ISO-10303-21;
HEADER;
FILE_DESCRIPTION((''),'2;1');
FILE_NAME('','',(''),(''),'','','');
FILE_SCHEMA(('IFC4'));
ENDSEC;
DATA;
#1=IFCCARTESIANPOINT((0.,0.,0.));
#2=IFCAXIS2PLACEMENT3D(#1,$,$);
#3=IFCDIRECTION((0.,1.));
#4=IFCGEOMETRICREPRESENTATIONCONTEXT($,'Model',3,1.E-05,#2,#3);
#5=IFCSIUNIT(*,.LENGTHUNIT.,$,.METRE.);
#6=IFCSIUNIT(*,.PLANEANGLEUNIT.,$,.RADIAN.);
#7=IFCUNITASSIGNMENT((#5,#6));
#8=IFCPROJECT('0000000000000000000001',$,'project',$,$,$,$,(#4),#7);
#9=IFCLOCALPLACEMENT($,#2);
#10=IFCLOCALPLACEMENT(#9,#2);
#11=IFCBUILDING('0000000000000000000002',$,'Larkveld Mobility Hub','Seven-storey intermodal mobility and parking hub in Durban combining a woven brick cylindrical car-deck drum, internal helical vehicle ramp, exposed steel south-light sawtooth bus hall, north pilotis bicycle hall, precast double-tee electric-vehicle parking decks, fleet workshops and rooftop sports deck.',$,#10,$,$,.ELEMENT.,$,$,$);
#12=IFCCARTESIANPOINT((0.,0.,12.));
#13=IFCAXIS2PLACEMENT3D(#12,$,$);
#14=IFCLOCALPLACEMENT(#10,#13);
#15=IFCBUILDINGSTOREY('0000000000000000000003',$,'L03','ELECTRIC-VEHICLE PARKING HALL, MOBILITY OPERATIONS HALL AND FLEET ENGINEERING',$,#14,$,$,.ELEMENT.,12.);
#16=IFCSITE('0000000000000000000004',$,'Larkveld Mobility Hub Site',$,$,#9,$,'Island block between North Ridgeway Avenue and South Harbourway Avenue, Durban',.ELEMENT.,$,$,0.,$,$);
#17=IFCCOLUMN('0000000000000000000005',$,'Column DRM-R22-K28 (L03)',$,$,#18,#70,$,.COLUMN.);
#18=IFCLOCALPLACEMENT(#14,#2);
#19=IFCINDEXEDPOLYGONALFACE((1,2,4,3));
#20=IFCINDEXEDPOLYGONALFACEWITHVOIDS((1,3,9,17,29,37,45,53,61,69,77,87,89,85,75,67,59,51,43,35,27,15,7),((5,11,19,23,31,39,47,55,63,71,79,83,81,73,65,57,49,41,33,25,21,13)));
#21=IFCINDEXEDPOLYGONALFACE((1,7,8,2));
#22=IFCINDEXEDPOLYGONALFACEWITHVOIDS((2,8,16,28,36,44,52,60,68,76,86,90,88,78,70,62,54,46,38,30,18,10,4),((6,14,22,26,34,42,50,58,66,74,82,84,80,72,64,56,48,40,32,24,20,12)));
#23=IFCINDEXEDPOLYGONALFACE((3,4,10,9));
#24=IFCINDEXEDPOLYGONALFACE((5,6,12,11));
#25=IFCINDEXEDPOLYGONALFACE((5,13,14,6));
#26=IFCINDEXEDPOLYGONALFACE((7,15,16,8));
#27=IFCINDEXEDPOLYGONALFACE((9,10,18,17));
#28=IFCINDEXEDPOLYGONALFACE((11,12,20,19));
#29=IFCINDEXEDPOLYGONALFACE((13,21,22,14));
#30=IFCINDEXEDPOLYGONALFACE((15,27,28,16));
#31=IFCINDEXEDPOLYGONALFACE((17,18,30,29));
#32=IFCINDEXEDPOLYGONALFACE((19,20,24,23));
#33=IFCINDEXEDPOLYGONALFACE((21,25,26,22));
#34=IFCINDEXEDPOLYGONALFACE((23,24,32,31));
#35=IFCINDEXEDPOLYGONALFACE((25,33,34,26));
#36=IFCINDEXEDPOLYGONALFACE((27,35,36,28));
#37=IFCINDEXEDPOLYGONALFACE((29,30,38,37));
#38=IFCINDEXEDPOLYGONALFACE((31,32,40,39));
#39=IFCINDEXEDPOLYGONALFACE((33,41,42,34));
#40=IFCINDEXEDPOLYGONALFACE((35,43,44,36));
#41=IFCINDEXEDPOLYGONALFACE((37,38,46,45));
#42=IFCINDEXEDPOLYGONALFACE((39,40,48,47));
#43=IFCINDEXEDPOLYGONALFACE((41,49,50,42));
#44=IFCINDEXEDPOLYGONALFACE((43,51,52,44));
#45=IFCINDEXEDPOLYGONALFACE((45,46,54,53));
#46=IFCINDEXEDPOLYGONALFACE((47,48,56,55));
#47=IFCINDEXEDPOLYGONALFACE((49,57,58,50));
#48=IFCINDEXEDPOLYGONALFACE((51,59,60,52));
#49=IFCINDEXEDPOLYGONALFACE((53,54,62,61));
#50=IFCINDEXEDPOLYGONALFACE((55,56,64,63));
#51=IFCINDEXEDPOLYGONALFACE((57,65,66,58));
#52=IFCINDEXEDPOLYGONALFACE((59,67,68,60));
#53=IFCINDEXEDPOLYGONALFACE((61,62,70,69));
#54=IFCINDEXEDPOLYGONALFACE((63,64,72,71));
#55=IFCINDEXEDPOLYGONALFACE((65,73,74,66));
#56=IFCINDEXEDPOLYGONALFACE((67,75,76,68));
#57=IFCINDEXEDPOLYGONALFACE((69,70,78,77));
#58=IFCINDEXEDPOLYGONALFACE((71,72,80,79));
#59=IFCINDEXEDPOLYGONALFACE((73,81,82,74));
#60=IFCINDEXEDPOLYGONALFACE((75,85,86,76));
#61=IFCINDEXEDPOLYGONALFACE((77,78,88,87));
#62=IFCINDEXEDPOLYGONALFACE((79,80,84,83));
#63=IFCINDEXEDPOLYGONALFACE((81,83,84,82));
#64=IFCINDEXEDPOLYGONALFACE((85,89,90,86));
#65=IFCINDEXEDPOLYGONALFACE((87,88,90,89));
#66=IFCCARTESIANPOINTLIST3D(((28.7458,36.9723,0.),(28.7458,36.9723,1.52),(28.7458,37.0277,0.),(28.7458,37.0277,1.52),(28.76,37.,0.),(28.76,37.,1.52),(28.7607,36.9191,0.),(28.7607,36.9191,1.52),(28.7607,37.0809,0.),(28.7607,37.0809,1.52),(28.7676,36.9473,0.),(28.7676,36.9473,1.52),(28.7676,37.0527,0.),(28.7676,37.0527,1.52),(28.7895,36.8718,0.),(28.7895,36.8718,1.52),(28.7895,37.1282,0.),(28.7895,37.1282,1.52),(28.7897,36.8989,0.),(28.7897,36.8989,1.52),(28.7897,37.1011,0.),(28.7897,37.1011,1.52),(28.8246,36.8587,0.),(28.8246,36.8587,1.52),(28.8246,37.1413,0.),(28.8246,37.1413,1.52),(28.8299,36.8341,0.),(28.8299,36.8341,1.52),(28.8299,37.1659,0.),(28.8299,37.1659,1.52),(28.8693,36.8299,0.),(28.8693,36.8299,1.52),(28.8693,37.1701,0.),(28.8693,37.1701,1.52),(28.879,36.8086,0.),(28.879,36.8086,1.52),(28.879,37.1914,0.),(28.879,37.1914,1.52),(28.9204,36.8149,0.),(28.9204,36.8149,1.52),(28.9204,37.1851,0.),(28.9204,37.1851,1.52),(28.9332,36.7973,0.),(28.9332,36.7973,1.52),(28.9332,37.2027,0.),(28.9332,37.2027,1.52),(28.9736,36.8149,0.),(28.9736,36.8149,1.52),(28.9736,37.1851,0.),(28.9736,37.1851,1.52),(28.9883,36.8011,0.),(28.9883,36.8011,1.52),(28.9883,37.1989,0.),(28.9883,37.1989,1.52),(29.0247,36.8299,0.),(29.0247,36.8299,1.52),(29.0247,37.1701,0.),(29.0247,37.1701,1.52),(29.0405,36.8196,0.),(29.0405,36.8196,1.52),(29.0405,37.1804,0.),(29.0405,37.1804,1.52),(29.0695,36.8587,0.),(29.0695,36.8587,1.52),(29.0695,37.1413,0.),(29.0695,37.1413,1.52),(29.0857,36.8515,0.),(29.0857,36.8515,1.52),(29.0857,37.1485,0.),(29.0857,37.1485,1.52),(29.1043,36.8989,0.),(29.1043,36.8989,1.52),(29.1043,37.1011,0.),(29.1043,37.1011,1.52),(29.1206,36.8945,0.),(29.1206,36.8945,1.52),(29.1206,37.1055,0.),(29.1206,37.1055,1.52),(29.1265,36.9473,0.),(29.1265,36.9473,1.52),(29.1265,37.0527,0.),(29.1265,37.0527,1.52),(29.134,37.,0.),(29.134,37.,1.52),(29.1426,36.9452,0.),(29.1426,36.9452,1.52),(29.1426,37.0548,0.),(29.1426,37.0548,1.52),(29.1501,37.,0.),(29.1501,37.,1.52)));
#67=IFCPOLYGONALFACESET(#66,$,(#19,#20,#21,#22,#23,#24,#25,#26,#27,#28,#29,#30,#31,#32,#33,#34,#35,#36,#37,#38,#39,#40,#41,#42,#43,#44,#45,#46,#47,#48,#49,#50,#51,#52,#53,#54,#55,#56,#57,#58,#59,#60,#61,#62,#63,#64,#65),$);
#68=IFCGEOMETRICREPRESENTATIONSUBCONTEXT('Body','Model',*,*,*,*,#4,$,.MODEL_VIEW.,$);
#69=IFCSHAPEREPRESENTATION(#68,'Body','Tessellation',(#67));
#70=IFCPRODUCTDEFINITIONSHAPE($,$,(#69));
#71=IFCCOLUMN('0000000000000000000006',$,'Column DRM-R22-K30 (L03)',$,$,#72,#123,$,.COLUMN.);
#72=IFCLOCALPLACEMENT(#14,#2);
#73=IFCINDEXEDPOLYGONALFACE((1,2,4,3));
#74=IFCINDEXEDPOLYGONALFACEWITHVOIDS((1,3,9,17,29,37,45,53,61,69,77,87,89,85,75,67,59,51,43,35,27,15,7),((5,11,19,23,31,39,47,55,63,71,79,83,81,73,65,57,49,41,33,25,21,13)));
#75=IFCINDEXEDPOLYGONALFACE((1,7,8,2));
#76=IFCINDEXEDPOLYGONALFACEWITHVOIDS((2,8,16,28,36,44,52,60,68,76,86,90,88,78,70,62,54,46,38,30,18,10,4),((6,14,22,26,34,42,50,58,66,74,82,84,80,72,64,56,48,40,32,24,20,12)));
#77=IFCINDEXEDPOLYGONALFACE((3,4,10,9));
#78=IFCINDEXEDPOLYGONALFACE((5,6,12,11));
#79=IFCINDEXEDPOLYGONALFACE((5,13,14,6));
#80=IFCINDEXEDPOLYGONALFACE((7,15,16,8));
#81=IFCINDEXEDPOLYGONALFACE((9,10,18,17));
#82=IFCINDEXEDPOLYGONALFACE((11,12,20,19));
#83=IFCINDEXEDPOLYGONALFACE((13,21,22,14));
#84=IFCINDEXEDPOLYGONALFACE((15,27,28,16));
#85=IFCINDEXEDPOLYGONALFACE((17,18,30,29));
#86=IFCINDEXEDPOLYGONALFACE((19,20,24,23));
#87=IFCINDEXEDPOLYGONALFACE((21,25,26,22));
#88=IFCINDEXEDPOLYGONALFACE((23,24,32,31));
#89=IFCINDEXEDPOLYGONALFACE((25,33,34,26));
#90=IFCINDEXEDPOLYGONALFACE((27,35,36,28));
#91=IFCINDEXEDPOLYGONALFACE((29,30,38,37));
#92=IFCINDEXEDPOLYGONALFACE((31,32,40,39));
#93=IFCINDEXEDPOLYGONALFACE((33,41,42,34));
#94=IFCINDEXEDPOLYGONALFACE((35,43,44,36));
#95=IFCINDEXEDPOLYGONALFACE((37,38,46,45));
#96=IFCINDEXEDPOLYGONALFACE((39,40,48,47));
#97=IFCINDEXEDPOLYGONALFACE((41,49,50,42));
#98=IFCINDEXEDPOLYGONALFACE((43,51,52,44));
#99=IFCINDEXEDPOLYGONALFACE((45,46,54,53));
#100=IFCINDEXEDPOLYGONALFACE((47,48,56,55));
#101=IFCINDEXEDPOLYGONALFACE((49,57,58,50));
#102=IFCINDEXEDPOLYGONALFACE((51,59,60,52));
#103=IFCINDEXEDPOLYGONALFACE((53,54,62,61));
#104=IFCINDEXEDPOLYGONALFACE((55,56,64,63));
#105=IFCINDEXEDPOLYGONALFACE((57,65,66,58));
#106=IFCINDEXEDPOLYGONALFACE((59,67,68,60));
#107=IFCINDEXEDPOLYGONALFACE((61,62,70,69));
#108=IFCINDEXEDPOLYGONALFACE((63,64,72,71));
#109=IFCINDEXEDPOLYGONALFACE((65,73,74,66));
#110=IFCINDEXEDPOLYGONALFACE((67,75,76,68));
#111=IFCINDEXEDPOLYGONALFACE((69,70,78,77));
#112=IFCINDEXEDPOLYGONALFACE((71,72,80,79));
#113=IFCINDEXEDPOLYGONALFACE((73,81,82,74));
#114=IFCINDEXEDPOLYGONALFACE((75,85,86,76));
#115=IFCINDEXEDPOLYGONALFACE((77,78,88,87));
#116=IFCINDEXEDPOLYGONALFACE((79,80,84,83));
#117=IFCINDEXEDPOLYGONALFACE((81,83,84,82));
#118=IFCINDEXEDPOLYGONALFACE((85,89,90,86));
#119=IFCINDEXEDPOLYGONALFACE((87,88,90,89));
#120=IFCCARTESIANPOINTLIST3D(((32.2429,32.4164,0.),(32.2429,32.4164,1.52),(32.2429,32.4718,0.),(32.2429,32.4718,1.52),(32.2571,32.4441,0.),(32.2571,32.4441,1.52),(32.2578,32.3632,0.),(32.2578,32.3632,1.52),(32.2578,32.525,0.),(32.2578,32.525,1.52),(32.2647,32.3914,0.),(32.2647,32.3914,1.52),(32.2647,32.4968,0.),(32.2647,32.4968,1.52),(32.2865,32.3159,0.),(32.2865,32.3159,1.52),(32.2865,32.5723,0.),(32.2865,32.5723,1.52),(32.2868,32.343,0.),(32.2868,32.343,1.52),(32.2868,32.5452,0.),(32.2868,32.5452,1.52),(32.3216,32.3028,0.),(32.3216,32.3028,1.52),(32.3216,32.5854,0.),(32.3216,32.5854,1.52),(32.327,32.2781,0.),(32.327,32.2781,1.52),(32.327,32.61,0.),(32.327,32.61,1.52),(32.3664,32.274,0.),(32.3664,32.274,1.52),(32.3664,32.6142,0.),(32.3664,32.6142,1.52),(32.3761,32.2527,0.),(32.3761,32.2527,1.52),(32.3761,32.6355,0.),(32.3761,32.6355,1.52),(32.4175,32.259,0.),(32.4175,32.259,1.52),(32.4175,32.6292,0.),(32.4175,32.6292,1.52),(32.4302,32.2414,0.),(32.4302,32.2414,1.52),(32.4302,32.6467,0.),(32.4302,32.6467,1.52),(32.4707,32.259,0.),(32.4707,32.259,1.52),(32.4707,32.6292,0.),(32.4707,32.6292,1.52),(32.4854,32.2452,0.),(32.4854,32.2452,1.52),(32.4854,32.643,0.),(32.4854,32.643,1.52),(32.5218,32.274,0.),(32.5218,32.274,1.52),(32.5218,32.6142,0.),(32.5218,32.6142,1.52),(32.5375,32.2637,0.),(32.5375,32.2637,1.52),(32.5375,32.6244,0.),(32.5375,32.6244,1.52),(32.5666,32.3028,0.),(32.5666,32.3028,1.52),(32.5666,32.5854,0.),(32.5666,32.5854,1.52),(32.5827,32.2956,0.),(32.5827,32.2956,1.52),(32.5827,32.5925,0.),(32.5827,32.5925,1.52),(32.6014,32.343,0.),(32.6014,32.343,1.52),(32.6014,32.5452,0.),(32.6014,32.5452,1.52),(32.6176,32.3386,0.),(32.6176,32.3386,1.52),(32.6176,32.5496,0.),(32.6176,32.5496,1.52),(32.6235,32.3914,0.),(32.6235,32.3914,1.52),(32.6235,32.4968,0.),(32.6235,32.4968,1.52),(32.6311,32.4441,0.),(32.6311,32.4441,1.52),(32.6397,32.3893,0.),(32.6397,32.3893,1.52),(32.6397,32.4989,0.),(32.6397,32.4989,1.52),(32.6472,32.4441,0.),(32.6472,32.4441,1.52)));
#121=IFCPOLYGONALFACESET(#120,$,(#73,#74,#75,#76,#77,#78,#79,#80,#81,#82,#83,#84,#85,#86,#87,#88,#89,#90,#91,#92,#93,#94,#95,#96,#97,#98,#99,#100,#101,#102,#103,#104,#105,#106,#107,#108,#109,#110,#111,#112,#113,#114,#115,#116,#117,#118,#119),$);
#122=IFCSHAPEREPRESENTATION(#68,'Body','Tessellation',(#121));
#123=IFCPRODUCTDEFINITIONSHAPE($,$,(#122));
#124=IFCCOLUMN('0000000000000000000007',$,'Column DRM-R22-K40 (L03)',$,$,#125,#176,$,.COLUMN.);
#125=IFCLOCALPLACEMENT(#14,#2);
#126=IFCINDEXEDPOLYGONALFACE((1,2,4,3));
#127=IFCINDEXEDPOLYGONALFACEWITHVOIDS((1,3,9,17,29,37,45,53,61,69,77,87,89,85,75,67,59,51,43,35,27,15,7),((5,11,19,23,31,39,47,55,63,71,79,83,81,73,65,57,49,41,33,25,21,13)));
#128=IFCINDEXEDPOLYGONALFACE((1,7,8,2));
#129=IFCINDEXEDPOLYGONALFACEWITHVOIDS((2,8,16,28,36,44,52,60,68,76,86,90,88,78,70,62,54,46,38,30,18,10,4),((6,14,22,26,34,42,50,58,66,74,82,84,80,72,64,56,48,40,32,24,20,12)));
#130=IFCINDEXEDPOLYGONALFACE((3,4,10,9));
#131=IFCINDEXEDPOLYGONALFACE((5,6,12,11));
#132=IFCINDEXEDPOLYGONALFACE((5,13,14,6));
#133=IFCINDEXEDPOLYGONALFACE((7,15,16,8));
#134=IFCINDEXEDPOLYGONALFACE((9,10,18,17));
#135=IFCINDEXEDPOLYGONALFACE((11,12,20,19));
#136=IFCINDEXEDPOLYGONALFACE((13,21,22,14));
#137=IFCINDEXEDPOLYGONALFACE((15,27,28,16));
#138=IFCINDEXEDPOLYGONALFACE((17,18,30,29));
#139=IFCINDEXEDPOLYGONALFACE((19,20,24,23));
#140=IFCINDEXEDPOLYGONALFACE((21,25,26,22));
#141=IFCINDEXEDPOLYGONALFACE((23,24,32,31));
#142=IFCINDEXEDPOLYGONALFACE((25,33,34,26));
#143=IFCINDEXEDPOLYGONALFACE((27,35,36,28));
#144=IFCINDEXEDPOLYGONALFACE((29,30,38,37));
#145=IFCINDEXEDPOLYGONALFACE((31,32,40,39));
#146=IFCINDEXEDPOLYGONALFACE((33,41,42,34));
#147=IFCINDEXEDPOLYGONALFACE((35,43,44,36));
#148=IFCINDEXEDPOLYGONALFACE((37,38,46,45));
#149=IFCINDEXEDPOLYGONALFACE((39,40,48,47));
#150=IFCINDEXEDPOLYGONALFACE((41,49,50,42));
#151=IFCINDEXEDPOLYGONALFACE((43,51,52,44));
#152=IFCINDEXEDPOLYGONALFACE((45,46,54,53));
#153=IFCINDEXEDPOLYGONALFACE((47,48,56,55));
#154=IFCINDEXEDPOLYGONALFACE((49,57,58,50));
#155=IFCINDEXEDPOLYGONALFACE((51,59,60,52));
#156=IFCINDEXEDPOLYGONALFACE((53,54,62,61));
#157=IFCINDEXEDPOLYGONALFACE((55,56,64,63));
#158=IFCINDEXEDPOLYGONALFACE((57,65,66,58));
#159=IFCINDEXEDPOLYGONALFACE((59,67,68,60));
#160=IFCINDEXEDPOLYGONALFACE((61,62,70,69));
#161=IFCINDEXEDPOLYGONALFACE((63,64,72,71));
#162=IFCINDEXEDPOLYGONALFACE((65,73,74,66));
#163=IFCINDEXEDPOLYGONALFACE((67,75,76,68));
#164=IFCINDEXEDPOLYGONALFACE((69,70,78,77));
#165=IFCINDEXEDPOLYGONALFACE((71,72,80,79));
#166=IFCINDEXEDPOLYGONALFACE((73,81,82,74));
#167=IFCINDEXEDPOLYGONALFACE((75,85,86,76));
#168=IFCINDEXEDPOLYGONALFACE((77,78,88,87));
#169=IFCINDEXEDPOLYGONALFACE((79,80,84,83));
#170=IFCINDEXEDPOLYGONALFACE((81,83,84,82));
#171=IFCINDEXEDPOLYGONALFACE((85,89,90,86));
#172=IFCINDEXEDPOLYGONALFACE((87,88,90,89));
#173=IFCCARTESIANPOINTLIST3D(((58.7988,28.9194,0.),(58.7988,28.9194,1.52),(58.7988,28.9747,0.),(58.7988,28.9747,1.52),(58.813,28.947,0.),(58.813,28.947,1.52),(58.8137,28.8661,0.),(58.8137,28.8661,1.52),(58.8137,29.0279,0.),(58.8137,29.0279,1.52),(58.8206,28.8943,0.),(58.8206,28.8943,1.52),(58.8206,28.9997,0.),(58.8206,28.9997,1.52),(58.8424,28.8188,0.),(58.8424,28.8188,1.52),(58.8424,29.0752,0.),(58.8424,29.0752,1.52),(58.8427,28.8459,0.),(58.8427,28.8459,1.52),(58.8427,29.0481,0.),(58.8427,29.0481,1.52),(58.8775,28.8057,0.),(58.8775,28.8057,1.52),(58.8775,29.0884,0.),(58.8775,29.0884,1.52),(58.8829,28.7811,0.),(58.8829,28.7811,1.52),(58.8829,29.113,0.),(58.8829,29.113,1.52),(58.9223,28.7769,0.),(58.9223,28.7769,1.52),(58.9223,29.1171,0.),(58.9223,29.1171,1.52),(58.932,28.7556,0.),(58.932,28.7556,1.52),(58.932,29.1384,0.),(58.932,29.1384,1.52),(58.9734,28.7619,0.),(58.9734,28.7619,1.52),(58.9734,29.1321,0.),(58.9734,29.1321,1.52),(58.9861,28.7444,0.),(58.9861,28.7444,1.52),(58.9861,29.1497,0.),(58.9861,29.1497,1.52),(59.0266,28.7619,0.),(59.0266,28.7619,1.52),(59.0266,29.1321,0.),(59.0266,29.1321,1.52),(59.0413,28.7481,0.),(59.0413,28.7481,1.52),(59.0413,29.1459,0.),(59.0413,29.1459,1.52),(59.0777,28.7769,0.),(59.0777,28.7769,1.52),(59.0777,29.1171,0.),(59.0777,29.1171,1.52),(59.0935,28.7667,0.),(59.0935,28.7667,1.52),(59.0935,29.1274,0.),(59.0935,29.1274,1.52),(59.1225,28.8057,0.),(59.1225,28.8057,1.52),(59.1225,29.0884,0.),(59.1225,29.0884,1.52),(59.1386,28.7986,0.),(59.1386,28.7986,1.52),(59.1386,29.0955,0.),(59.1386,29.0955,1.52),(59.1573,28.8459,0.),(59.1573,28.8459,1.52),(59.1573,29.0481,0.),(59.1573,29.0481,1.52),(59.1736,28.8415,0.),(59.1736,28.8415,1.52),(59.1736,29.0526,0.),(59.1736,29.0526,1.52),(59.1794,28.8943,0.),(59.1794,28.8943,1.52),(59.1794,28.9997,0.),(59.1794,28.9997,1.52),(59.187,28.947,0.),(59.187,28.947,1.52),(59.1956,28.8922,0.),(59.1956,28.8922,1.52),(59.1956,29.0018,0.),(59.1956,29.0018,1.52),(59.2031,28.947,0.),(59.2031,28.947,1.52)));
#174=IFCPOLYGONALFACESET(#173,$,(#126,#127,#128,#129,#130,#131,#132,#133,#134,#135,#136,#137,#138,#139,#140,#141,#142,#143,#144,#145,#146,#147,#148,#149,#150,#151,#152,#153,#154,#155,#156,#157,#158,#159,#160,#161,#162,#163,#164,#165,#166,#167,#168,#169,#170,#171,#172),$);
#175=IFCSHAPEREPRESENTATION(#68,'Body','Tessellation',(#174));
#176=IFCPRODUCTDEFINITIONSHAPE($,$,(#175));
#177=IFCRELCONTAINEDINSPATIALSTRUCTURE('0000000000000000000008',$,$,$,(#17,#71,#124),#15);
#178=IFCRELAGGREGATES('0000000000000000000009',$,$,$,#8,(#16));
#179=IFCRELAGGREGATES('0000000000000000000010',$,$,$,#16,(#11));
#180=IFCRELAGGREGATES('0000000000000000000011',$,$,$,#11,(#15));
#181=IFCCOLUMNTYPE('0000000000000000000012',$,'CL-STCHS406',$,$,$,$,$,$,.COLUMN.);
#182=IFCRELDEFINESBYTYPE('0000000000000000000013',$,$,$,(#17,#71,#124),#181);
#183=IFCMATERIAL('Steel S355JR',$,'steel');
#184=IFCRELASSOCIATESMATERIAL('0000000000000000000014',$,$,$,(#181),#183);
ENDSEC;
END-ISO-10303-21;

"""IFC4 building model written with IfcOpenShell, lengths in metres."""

from ifc_helpers import new_model, si_unit, direction, frame, origin, origin_2d, place, context, subcontext, project, spatial, hollow_circle, extrude, material, material_profile, profile_set, type_object, element, save


model = new_model("IFC4")

# Units and contexts
model_context = context("Model", 3, precision=1e-05, world=origin(), true_north=direction((0.0, 1.0)))
body_context = subcontext(model_context, "Body", "Model", "MODEL_VIEW")
ifc_project = project(units=[si_unit("LENGTHUNIT", "METRE"), si_unit("PLANEANGLEUNIT", "RADIAN")], contexts=[model_context])

# Site, building, storey
site_placement = place(None, origin())
site = spatial("IfcSite", under=ifc_project, at=site_placement, Name="Larkveld Mobility Hub Site", LongName="Island block between North Ridgeway Avenue and South Harbourway Avenue, Durban", CompositionType="ELEMENT", RefElevation=0.0)
building_placement = place(site_placement, origin())
building = spatial("IfcBuilding", under=site, at=building_placement, Name="Larkveld Mobility Hub", Description="Seven-storey intermodal mobility and parking hub in Durban combining a woven brick cylindrical car-deck drum, internal helical vehicle ramp, exposed steel south-light sawtooth bus hall, north pilotis bicycle hall, precast double-tee electric-vehicle parking decks, fleet workshops and rooftop sports deck.", CompositionType="ELEMENT")
storey_placement = place(building_placement, frame((0.0, 0.0, 12.0)))
storey = spatial("IfcBuildingStorey", under=building, at=storey_placement, Name="L03", Description="ELECTRIC-VEHICLE PARKING HALL, MOBILITY OPERATIONS HALL AND FLEET ENGINEERING", CompositionType="ELEMENT", Elevation=12.0)

# Columns
ifc_material_1 = material(Name="Steel S355JR", Category="steel")
ifc_material_profile_1 = material_profile(ifc_material_1, hollow_circle(Radius=0.2031, WallThickness=0.0161, at=origin_2d()), Name="CHS 406.4x16")
ifc_profile_set_1 = profile_set([ifc_material_profile_1], Name="Steel S355JR")
column_type = type_object("IfcColumnType", Name="CL-STCHS406", PredefinedType="COLUMN", material=ifc_profile_set_1)
for number, where, z_axis, x_axis, name in (
    (1, (28.947, 37.0, 0.0), (0.0, 0.0, 1.0), (1.0, 0.0, 0.0), "Column DRM-R22-K28 (L03)"),
    (2, (32.4441, 32.4441, 0.0), (0.0, 0.0, 1.0), (1.0, 0.0, 0.0), "Column DRM-R22-K30 (L03)"),
    (3, (59.0, 28.947, 0.0), (0.0, 0.0, 1.0), (1.0, 0.0, 0.0), "Column DRM-R22-K40 (L03)"),
):
    element("IfcColumn", number, at=place(storey_placement, frame(where, z_axis=z_axis, x_axis=x_axis)), inside=storey, type_object=column_type, Name=name, PredefinedType="COLUMN", context=body_context, shape_type="SweptSolid", body=[
        extrude(hollow_circle(Radius=0.2031, WallThickness=0.0161, at=origin_2d()), origin(), (0.0, 0.0, 1.0), 1.52),
    ])

save(model, "model.ifc")
